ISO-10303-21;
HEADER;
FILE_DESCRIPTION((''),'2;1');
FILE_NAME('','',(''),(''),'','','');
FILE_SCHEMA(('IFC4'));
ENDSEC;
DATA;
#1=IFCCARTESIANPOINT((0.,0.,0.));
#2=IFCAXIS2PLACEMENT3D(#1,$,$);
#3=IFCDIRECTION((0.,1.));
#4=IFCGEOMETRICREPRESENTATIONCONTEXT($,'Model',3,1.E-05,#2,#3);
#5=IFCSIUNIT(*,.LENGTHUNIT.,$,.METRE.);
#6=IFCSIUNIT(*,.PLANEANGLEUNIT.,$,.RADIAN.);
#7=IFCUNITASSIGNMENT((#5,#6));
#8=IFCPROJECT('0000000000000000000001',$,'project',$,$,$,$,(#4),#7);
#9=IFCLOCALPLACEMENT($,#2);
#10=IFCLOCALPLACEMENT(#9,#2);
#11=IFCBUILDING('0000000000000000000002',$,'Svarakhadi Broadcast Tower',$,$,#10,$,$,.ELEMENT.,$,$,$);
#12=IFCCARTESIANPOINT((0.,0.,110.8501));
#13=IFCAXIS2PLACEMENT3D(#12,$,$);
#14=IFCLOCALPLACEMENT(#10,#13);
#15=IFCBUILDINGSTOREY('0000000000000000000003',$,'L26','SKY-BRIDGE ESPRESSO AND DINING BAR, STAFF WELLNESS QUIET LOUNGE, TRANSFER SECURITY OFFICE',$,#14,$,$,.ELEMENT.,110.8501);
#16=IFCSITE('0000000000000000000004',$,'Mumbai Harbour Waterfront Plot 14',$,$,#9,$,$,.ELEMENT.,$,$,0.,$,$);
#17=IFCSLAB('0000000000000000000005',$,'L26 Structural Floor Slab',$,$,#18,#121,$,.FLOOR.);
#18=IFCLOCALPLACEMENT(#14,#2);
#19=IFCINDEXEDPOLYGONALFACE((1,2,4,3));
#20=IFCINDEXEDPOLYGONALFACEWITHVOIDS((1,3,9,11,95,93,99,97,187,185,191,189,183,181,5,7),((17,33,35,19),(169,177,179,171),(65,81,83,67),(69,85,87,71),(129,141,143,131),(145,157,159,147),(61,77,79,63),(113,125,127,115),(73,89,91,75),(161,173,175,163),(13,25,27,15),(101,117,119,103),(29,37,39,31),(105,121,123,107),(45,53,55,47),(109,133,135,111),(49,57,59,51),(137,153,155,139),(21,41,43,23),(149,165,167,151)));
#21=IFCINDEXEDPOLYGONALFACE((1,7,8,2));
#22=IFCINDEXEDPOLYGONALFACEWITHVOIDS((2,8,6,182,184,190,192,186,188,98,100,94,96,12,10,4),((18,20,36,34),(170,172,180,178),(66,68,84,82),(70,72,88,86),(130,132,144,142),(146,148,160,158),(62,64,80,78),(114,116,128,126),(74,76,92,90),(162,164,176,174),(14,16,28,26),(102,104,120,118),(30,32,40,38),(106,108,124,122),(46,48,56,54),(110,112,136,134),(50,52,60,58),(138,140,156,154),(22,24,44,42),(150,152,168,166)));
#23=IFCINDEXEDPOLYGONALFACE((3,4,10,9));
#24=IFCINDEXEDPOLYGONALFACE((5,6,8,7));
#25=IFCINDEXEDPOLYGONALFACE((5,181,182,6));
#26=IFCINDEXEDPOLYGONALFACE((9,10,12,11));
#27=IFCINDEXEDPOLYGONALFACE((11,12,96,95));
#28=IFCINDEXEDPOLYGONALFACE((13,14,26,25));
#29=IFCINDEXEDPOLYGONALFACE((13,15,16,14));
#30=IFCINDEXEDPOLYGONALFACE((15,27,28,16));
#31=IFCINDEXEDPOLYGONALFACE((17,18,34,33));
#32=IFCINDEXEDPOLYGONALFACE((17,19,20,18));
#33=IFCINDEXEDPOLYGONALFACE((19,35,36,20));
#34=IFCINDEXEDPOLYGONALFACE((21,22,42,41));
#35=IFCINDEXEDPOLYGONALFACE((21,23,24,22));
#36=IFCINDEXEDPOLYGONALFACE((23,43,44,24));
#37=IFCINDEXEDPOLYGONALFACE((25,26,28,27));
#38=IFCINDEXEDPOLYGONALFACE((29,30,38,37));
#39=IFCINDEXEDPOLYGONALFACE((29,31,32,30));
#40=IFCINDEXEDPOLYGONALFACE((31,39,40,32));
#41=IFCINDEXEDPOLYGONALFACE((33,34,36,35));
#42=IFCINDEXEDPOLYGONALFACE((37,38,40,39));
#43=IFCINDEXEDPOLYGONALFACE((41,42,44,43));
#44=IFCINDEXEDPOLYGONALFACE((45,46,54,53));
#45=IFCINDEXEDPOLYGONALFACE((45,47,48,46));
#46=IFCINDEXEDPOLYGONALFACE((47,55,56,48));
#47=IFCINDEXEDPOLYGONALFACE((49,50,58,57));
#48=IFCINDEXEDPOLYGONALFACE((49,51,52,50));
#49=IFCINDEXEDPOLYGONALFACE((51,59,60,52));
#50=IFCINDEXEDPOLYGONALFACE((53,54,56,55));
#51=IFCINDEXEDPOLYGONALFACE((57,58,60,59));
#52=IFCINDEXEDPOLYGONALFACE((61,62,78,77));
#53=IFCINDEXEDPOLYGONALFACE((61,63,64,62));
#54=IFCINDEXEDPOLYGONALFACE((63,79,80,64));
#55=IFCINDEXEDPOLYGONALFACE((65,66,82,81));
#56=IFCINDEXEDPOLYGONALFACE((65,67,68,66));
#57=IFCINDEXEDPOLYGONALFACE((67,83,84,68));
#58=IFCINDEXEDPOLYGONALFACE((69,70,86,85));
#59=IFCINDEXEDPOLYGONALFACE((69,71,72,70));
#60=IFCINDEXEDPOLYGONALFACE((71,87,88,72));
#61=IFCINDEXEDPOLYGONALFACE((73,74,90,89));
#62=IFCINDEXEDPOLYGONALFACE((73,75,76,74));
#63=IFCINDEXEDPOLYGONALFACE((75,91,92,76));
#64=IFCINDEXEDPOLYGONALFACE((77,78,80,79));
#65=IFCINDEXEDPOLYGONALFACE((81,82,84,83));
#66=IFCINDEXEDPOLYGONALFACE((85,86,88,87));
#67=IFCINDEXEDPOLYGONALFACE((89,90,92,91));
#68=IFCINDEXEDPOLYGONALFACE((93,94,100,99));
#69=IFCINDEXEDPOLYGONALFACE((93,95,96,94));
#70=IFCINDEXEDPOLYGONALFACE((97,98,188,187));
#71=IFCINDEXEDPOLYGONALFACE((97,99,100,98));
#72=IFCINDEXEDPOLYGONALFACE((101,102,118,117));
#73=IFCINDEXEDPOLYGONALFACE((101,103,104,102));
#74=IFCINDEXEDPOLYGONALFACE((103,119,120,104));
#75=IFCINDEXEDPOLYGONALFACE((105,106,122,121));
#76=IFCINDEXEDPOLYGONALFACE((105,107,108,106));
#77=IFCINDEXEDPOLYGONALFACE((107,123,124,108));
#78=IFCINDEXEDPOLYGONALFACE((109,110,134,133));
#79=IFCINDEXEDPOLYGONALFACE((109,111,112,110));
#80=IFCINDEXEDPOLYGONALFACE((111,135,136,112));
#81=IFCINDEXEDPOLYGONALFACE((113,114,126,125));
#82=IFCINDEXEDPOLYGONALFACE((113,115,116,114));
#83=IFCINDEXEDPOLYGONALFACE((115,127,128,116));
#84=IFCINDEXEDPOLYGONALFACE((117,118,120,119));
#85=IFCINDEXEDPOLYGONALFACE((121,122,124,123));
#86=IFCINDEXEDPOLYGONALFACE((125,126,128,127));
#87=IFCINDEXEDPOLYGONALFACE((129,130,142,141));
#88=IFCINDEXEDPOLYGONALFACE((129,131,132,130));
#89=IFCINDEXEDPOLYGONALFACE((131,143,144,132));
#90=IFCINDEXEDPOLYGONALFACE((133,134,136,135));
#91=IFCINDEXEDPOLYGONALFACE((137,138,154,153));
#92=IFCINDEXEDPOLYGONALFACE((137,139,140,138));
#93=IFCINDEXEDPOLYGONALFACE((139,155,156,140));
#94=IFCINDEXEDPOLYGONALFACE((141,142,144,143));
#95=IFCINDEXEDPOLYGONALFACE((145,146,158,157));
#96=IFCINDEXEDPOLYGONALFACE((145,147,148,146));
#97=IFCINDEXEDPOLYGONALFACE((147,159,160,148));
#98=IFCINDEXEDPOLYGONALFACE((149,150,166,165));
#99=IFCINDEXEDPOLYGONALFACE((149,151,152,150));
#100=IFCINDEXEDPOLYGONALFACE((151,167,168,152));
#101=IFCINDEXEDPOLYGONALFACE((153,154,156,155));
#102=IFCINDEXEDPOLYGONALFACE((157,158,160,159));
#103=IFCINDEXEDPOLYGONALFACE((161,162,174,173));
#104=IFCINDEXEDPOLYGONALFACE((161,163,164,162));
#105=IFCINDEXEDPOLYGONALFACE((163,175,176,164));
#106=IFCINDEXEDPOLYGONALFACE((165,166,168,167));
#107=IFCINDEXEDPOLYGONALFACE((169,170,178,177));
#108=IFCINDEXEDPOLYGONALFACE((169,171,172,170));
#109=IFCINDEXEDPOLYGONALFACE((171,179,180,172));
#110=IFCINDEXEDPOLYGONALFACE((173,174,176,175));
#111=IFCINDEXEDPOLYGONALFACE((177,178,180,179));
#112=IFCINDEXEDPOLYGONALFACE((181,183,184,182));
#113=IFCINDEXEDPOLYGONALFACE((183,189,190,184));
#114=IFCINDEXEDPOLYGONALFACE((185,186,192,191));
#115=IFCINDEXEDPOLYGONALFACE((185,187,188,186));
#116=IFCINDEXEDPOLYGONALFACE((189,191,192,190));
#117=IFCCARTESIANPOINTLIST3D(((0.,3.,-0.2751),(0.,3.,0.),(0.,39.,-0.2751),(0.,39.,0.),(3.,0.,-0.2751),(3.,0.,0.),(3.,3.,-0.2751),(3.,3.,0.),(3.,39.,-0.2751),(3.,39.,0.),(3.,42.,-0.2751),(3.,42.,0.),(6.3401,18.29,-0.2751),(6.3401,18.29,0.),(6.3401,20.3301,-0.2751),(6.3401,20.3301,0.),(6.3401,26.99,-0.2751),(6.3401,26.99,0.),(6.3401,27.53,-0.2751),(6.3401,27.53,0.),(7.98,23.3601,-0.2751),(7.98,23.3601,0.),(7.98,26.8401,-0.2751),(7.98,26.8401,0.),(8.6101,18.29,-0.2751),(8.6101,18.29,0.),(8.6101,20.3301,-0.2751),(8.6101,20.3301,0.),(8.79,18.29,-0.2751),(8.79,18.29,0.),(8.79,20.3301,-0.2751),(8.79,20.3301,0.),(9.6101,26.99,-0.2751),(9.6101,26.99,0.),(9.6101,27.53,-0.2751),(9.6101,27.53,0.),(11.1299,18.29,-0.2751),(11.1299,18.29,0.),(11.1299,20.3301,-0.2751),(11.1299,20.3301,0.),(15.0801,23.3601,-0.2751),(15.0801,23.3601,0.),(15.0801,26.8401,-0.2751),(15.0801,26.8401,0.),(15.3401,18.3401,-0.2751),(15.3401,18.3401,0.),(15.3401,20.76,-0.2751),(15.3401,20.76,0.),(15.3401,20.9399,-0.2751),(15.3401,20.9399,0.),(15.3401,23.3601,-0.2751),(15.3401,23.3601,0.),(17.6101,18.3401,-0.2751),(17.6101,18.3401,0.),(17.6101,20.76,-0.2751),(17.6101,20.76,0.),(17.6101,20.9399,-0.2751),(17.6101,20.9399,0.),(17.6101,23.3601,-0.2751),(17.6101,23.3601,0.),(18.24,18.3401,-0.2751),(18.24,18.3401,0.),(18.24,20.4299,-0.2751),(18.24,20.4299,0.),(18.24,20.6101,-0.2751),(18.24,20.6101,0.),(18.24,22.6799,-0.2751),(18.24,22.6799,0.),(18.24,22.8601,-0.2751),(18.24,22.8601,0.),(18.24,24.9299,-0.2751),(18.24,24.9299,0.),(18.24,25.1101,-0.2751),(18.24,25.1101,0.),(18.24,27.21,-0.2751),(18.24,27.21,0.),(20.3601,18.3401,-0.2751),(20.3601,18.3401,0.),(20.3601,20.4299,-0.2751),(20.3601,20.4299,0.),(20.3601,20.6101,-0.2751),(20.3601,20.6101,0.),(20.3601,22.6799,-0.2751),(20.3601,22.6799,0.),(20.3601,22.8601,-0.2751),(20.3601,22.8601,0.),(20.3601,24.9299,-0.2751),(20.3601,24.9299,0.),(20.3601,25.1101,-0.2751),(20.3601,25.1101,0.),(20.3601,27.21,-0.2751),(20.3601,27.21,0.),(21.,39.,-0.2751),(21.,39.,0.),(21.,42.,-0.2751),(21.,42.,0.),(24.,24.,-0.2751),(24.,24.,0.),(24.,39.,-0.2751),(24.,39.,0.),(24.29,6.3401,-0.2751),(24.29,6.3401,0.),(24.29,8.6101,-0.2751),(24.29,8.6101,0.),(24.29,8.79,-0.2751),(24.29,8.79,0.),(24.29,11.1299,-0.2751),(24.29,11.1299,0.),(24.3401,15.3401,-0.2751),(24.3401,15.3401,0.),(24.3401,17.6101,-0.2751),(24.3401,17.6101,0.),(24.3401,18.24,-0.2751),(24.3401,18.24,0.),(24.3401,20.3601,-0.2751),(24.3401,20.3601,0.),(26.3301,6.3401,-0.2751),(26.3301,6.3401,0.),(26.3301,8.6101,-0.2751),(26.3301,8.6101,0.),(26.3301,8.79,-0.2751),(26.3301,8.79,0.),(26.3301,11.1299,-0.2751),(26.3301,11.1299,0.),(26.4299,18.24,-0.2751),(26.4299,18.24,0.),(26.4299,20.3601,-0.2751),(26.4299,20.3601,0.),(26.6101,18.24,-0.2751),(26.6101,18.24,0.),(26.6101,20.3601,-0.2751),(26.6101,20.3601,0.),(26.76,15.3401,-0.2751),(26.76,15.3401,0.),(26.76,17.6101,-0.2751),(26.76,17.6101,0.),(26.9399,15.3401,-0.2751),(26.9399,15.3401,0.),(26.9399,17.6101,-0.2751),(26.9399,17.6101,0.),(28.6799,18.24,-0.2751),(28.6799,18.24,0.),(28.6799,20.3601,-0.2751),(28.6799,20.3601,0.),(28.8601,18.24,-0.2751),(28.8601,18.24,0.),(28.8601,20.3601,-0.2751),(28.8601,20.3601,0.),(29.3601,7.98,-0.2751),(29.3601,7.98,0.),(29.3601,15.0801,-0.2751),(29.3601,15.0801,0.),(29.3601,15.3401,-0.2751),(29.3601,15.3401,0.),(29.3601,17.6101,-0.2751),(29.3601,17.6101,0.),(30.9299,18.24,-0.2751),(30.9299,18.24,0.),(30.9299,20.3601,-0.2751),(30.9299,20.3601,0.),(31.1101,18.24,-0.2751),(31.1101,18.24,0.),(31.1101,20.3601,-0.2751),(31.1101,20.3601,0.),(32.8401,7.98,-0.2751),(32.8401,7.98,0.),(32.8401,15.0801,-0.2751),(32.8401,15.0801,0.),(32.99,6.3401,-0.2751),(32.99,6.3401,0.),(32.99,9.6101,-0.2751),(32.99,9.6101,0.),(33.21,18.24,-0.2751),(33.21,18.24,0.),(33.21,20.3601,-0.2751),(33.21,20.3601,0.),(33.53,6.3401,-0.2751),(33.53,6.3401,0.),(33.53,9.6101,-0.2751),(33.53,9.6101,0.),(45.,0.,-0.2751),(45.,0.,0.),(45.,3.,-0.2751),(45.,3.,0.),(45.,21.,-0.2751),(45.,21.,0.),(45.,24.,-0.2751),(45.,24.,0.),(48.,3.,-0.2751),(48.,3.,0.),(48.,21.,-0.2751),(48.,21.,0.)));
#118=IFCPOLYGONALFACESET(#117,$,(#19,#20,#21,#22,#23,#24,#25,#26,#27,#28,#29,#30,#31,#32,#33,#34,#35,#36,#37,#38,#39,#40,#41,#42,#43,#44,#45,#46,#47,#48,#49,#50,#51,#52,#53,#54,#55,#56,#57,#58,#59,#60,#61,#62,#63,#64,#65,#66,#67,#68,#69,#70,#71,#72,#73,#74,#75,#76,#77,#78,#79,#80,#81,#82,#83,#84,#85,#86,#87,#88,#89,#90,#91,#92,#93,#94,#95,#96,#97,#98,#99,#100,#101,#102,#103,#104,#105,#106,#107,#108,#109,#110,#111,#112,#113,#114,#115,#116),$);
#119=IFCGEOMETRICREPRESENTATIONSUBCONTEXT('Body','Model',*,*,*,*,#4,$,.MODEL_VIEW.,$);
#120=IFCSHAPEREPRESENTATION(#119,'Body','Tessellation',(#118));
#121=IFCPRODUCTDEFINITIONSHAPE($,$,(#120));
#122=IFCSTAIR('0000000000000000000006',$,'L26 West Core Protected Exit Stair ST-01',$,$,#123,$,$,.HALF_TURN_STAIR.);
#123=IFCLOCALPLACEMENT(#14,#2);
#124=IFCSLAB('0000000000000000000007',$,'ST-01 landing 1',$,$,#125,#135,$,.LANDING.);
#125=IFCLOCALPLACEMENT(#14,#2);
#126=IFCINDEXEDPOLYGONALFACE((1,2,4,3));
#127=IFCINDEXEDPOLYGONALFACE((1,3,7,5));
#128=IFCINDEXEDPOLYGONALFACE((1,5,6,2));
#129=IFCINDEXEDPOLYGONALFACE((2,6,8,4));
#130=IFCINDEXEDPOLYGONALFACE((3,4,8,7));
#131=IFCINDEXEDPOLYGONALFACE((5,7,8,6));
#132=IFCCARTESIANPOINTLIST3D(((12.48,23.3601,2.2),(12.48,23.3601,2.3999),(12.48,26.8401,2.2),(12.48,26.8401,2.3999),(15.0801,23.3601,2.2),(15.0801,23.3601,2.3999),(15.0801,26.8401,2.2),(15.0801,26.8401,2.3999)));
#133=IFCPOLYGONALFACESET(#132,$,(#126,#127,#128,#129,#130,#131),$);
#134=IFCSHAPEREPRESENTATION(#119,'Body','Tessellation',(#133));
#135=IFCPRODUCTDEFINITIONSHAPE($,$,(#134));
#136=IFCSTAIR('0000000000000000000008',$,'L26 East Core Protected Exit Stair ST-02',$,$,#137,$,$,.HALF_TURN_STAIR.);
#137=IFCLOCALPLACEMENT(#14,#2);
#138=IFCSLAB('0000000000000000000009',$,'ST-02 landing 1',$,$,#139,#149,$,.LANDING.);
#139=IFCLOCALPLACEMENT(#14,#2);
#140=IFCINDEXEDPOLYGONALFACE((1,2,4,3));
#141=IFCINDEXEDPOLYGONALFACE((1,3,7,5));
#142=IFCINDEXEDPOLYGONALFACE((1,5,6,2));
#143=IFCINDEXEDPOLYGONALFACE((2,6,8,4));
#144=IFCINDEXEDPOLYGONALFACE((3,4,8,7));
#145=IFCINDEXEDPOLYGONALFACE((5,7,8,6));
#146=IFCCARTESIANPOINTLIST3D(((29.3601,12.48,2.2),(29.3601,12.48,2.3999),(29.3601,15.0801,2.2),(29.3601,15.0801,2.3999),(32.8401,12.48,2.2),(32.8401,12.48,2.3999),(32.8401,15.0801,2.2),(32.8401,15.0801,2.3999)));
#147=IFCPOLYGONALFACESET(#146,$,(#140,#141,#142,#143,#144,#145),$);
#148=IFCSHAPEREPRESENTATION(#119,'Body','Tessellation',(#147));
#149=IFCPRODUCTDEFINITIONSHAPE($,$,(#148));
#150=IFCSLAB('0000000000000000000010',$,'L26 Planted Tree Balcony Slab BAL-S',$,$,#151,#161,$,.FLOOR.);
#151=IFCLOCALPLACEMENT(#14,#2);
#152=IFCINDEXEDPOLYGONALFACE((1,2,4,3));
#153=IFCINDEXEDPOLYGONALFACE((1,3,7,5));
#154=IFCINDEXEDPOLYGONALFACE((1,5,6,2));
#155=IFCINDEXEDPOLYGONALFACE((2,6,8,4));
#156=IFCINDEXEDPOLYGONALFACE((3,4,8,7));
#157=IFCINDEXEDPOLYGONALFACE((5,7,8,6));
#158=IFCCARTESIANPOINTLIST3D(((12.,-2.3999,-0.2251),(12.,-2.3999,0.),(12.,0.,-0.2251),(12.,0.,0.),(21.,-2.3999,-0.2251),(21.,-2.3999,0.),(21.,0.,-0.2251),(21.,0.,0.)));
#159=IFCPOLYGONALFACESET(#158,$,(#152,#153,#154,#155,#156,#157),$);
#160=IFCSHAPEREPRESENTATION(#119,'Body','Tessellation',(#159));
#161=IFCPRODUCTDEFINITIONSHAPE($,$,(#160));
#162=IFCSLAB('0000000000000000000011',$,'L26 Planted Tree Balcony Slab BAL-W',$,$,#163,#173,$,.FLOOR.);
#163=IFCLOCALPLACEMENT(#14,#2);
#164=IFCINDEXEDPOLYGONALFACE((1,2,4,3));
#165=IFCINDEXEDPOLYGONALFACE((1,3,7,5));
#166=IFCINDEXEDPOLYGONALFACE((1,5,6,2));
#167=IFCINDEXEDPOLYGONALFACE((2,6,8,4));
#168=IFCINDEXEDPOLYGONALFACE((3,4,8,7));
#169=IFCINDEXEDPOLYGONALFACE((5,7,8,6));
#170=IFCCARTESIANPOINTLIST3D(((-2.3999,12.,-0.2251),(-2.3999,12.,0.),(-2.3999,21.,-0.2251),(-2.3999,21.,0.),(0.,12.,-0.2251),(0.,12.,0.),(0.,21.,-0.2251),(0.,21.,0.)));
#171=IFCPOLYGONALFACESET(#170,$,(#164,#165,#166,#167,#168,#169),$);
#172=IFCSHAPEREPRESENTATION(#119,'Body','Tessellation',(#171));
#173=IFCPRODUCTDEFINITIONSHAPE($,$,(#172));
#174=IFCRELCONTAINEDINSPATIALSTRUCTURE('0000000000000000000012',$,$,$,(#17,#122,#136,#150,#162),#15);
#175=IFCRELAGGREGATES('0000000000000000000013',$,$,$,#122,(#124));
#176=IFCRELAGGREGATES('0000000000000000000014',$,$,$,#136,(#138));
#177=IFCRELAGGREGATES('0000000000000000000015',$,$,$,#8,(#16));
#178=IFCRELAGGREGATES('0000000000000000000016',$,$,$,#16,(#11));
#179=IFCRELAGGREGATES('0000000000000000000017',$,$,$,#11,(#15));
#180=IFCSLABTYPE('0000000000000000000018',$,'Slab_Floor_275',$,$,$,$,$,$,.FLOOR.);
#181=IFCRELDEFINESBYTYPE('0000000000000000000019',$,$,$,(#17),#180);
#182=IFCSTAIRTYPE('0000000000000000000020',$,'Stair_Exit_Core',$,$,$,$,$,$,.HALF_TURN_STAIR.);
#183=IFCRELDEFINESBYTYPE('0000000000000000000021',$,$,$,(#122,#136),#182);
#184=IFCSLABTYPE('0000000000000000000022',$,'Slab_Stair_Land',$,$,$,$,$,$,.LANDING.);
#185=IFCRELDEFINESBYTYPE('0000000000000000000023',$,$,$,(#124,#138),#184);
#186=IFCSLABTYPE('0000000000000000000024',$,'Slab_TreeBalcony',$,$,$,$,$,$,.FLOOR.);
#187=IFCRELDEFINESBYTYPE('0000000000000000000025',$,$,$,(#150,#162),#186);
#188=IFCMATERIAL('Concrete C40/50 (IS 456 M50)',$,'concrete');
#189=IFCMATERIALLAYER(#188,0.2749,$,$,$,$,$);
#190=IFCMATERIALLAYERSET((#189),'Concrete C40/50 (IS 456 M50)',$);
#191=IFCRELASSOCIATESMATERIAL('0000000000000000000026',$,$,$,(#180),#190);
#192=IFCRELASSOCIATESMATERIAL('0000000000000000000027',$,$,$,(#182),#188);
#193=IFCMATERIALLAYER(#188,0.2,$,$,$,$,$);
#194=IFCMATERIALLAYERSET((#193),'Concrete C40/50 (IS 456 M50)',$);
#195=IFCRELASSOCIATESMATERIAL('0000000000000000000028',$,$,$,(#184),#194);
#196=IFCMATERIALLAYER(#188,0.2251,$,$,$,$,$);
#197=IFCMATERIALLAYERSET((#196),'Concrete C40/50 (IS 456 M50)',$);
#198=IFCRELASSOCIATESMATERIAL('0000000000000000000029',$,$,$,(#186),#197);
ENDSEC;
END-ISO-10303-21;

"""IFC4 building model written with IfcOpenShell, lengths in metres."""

from ifc_helpers import new_model, si_unit, direction, frame, origin, place, context, subcontext, project, spatial, polyline, outline, extrude, material, layer, layer_set, type_object, element, aggregate, save


model = new_model("IFC4")

# Units and contexts
model_context = context("Model", 3, precision=1e-05, world=origin(), true_north=direction((0.0, 1.0)))
body_context = subcontext(model_context, "Body", "Model", "MODEL_VIEW")
ifc_project = project(units=[si_unit("LENGTHUNIT", "METRE"), si_unit("PLANEANGLEUNIT", "RADIAN")], contexts=[model_context])

# Site, building, storey
site_placement = place(None, origin())
site = spatial("IfcSite", under=ifc_project, at=site_placement, Name="Mumbai Harbour Waterfront Plot 14", CompositionType="ELEMENT", RefElevation=0.0)
building_placement = place(site_placement, origin())
building = spatial("IfcBuilding", under=site, at=building_placement, Name="Svarakhadi Broadcast Tower", CompositionType="ELEMENT")
storey_placement = place(building_placement, frame((0.0, 0.0, 110.8501)))
storey = spatial("IfcBuildingStorey", under=building, at=storey_placement, Name="L26", Description="SKY-BRIDGE ESPRESSO AND DINING BAR, STAFF WELLNESS QUIET LOUNGE, TRANSFER SECURITY OFFICE", CompositionType="ELEMENT", Elevation=110.8501)

# Slab
ifc_material_1 = material(Name="Concrete C40/50 (IS 456 M50)", Category="concrete")
ifc_layer_1 = layer(ifc_material_1, 0.2749)
ifc_layer_set_1 = layer_set([ifc_layer_1], Name="Concrete C40/50 (IS 456 M50)")
slab_type_1 = type_object("IfcSlabType", Name="Slab_Floor_275", PredefinedType="FLOOR", material=ifc_layer_set_1)
slab_1_placement = place(storey_placement, frame((0.0, 0.0, -0.2751)))
element("IfcSlab", 1, at=slab_1_placement, inside=storey, type_object=slab_type_1, Name="L26 Structural Floor Slab", PredefinedType="FLOOR", context=body_context, shape_type="SweptSolid", body=[
    extrude(outline(polyline([(3.0, 0.0), (45.0, 0.0), (45.0, 3.0), (48.0, 3.0), (48.0, 21.0), (45.0, 21.0), (45.0, 24.0), (24.0, 24.0), (24.0, 39.0), (21.0, 39.0), (21.0, 42.0), (3.0, 42.0), (3.0, 39.0), (0.0, 39.0), (0.0, 3.0), (3.0, 3.0), (3.0, 0.0)]), holes=[polyline([(7.98, 23.3601), (15.0801, 23.3601), (15.0801, 26.8401), (7.98, 26.8401), (7.98, 23.3601)]), polyline([(32.8401, 7.98), (32.8401, 15.0801), (29.3601, 15.0801), (29.3601, 7.98), (32.8401, 7.98)]), polyline([(6.3401, 18.29), (8.6101, 18.29), (8.6101, 20.3301), (6.3401, 20.3301), (6.3401, 18.29)]), polyline([(8.79, 18.29), (11.1299, 18.29), (11.1299, 20.3301), (8.79, 20.3301), (8.79, 18.29)]), polyline([(24.29, 6.3401), (26.3301, 6.3401), (26.3301, 8.6101), (24.29, 8.6101), (24.29, 6.3401)]), polyline([(24.29, 8.79), (26.3301, 8.79), (26.3301, 11.1299), (24.29, 11.1299), (24.29, 8.79)]), polyline([(6.3401, 26.99), (9.6101, 26.99), (9.6101, 27.53), (6.3401, 27.53), (6.3401, 26.99)]), polyline([(32.99, 6.3401), (33.53, 6.3401), (33.53, 9.6101), (32.99, 9.6101), (32.99, 6.3401)]), polyline([(15.3401, 18.3401), (17.6101, 18.3401), (17.6101, 20.76), (15.3401, 20.76), (15.3401, 18.3401)]), polyline([(15.3401, 20.9399), (17.6101, 20.9399), (17.6101, 23.3601), (15.3401, 23.3601), (15.3401, 20.9399)]), polyline([(24.3401, 15.3401), (26.76, 15.3401), (26.76, 17.6101), (24.3401, 17.6101), (24.3401, 15.3401)]), polyline([(26.9399, 15.3401), (29.3601, 15.3401), (29.3601, 17.6101), (26.9399, 17.6101), (26.9399, 15.3401)]), polyline([(18.24, 18.3401), (20.3601, 18.3401), (20.3601, 20.4299), (18.24, 20.4299), (18.24, 18.3401)]), polyline([(18.24, 20.6101), (20.3601, 20.6101), (20.3601, 22.6799), (18.24, 22.6799), (18.24, 20.6101)]), polyline([(18.24, 22.8601), (20.3601, 22.8601), (20.3601, 24.9299), (18.24, 24.9299), (18.24, 22.8601)]), polyline([(18.24, 25.1101), (20.3601, 25.1101), (20.3601, 27.21), (18.24, 27.21), (18.24, 25.1101)]), polyline([(24.3401, 18.24), (26.4299, 18.24), (26.4299, 20.3601), (24.3401, 20.3601), (24.3401, 18.24)]), polyline([(26.6101, 18.24), (28.6799, 18.24), (28.6799, 20.3601), (26.6101, 20.3601), (26.6101, 18.24)]), polyline([(28.8601, 18.24), (30.9299, 18.24), (30.9299, 20.3601), (28.8601, 20.3601), (28.8601, 18.24)]), polyline([(31.1101, 18.24), (33.21, 18.24), (33.21, 20.3601), (31.1101, 20.3601), (31.1101, 18.24)])]), origin(), (0.0, 0.0, 1.0), 0.2751),
])

# Stairs, slabs
stair_type = type_object("IfcStairType", Name="Stair_Exit_Core", PredefinedType="HALF_TURN_STAIR", material=ifc_material_1)
stair_1_placement = place(storey_placement, origin())
stair_1 = element("IfcStair", 2, at=stair_1_placement, inside=storey, type_object=stair_type, Name="L26 West Core Protected Exit Stair ST-01", PredefinedType="HALF_TURN_STAIR")
ifc_layer_2 = layer(ifc_material_1, 0.2)
ifc_layer_set_2 = layer_set([ifc_layer_2], Name="Concrete C40/50 (IS 456 M50)")
slab_type_2 = type_object("IfcSlabType", Name="Slab_Stair_Land", PredefinedType="LANDING", material=ifc_layer_set_2)
slab_2_placement = place(storey_placement, frame((0.0, 0.0, 2.2)))
slab_2 = element("IfcSlab", 3, at=slab_2_placement, type_object=slab_type_2, Name="ST-01 landing 1", PredefinedType="LANDING", context=body_context, shape_type="SweptSolid", body=[
    extrude(outline(polyline([(12.48, 23.3601), (15.0801, 23.3601), (15.0801, 26.8401), (12.48, 26.8401), (12.48, 23.3601)])), origin(), (0.0, 0.0, 1.0), 0.2),
])
aggregate(stair_1, [slab_2])
stair_2_placement = place(storey_placement, origin())
stair_2 = element("IfcStair", 4, at=stair_2_placement, inside=storey, type_object=stair_type, Name="L26 East Core Protected Exit Stair ST-02", PredefinedType="HALF_TURN_STAIR")
slab_3_placement = place(storey_placement, frame((0.0, 0.0, 2.2)))
slab_3 = element("IfcSlab", 5, at=slab_3_placement, type_object=slab_type_2, Name="ST-02 landing 1", PredefinedType="LANDING", context=body_context, shape_type="SweptSolid", body=[
    extrude(outline(polyline([(32.8401, 12.48), (32.8401, 15.0801), (29.3601, 15.0801), (29.3601, 12.48), (32.8401, 12.48)])), origin(), (0.0, 0.0, 1.0), 0.2),
])
aggregate(stair_2, [slab_3])

# Slabs
ifc_layer_3 = layer(ifc_material_1, 0.2251)
ifc_layer_set_3 = layer_set([ifc_layer_3], Name="Concrete C40/50 (IS 456 M50)")
slab_type_3 = type_object("IfcSlabType", Name="Slab_TreeBalcony", PredefinedType="FLOOR", material=ifc_layer_set_3)
slab_4_placement = place(storey_placement, frame((0.0, 0.0, -0.2251)))
element("IfcSlab", 6, at=slab_4_placement, inside=storey, type_object=slab_type_3, Name="L26 Planted Tree Balcony Slab BAL-S", PredefinedType="FLOOR", context=body_context, shape_type="SweptSolid", body=[
    extrude(outline(polyline([(12.0, -2.3999), (21.0, -2.3999), (21.0, 0.0), (12.0, 0.0), (12.0, -2.3999)])), origin(), (0.0, 0.0, 1.0), 0.2251),
])
slab_5_placement = place(storey_placement, frame((0.0, 0.0, -0.2251)))
element("IfcSlab", 7, at=slab_5_placement, inside=storey, type_object=slab_type_3, Name="L26 Planted Tree Balcony Slab BAL-W", PredefinedType="FLOOR", context=body_context, shape_type="SweptSolid", body=[
    extrude(outline(polyline([(-2.3999, 12.0), (0.0, 12.0), (0.0, 21.0), (-2.3999, 21.0), (-2.3999, 12.0)])), origin(), (0.0, 0.0, 1.0), 0.2251),
])

save(model, "model.ifc")
